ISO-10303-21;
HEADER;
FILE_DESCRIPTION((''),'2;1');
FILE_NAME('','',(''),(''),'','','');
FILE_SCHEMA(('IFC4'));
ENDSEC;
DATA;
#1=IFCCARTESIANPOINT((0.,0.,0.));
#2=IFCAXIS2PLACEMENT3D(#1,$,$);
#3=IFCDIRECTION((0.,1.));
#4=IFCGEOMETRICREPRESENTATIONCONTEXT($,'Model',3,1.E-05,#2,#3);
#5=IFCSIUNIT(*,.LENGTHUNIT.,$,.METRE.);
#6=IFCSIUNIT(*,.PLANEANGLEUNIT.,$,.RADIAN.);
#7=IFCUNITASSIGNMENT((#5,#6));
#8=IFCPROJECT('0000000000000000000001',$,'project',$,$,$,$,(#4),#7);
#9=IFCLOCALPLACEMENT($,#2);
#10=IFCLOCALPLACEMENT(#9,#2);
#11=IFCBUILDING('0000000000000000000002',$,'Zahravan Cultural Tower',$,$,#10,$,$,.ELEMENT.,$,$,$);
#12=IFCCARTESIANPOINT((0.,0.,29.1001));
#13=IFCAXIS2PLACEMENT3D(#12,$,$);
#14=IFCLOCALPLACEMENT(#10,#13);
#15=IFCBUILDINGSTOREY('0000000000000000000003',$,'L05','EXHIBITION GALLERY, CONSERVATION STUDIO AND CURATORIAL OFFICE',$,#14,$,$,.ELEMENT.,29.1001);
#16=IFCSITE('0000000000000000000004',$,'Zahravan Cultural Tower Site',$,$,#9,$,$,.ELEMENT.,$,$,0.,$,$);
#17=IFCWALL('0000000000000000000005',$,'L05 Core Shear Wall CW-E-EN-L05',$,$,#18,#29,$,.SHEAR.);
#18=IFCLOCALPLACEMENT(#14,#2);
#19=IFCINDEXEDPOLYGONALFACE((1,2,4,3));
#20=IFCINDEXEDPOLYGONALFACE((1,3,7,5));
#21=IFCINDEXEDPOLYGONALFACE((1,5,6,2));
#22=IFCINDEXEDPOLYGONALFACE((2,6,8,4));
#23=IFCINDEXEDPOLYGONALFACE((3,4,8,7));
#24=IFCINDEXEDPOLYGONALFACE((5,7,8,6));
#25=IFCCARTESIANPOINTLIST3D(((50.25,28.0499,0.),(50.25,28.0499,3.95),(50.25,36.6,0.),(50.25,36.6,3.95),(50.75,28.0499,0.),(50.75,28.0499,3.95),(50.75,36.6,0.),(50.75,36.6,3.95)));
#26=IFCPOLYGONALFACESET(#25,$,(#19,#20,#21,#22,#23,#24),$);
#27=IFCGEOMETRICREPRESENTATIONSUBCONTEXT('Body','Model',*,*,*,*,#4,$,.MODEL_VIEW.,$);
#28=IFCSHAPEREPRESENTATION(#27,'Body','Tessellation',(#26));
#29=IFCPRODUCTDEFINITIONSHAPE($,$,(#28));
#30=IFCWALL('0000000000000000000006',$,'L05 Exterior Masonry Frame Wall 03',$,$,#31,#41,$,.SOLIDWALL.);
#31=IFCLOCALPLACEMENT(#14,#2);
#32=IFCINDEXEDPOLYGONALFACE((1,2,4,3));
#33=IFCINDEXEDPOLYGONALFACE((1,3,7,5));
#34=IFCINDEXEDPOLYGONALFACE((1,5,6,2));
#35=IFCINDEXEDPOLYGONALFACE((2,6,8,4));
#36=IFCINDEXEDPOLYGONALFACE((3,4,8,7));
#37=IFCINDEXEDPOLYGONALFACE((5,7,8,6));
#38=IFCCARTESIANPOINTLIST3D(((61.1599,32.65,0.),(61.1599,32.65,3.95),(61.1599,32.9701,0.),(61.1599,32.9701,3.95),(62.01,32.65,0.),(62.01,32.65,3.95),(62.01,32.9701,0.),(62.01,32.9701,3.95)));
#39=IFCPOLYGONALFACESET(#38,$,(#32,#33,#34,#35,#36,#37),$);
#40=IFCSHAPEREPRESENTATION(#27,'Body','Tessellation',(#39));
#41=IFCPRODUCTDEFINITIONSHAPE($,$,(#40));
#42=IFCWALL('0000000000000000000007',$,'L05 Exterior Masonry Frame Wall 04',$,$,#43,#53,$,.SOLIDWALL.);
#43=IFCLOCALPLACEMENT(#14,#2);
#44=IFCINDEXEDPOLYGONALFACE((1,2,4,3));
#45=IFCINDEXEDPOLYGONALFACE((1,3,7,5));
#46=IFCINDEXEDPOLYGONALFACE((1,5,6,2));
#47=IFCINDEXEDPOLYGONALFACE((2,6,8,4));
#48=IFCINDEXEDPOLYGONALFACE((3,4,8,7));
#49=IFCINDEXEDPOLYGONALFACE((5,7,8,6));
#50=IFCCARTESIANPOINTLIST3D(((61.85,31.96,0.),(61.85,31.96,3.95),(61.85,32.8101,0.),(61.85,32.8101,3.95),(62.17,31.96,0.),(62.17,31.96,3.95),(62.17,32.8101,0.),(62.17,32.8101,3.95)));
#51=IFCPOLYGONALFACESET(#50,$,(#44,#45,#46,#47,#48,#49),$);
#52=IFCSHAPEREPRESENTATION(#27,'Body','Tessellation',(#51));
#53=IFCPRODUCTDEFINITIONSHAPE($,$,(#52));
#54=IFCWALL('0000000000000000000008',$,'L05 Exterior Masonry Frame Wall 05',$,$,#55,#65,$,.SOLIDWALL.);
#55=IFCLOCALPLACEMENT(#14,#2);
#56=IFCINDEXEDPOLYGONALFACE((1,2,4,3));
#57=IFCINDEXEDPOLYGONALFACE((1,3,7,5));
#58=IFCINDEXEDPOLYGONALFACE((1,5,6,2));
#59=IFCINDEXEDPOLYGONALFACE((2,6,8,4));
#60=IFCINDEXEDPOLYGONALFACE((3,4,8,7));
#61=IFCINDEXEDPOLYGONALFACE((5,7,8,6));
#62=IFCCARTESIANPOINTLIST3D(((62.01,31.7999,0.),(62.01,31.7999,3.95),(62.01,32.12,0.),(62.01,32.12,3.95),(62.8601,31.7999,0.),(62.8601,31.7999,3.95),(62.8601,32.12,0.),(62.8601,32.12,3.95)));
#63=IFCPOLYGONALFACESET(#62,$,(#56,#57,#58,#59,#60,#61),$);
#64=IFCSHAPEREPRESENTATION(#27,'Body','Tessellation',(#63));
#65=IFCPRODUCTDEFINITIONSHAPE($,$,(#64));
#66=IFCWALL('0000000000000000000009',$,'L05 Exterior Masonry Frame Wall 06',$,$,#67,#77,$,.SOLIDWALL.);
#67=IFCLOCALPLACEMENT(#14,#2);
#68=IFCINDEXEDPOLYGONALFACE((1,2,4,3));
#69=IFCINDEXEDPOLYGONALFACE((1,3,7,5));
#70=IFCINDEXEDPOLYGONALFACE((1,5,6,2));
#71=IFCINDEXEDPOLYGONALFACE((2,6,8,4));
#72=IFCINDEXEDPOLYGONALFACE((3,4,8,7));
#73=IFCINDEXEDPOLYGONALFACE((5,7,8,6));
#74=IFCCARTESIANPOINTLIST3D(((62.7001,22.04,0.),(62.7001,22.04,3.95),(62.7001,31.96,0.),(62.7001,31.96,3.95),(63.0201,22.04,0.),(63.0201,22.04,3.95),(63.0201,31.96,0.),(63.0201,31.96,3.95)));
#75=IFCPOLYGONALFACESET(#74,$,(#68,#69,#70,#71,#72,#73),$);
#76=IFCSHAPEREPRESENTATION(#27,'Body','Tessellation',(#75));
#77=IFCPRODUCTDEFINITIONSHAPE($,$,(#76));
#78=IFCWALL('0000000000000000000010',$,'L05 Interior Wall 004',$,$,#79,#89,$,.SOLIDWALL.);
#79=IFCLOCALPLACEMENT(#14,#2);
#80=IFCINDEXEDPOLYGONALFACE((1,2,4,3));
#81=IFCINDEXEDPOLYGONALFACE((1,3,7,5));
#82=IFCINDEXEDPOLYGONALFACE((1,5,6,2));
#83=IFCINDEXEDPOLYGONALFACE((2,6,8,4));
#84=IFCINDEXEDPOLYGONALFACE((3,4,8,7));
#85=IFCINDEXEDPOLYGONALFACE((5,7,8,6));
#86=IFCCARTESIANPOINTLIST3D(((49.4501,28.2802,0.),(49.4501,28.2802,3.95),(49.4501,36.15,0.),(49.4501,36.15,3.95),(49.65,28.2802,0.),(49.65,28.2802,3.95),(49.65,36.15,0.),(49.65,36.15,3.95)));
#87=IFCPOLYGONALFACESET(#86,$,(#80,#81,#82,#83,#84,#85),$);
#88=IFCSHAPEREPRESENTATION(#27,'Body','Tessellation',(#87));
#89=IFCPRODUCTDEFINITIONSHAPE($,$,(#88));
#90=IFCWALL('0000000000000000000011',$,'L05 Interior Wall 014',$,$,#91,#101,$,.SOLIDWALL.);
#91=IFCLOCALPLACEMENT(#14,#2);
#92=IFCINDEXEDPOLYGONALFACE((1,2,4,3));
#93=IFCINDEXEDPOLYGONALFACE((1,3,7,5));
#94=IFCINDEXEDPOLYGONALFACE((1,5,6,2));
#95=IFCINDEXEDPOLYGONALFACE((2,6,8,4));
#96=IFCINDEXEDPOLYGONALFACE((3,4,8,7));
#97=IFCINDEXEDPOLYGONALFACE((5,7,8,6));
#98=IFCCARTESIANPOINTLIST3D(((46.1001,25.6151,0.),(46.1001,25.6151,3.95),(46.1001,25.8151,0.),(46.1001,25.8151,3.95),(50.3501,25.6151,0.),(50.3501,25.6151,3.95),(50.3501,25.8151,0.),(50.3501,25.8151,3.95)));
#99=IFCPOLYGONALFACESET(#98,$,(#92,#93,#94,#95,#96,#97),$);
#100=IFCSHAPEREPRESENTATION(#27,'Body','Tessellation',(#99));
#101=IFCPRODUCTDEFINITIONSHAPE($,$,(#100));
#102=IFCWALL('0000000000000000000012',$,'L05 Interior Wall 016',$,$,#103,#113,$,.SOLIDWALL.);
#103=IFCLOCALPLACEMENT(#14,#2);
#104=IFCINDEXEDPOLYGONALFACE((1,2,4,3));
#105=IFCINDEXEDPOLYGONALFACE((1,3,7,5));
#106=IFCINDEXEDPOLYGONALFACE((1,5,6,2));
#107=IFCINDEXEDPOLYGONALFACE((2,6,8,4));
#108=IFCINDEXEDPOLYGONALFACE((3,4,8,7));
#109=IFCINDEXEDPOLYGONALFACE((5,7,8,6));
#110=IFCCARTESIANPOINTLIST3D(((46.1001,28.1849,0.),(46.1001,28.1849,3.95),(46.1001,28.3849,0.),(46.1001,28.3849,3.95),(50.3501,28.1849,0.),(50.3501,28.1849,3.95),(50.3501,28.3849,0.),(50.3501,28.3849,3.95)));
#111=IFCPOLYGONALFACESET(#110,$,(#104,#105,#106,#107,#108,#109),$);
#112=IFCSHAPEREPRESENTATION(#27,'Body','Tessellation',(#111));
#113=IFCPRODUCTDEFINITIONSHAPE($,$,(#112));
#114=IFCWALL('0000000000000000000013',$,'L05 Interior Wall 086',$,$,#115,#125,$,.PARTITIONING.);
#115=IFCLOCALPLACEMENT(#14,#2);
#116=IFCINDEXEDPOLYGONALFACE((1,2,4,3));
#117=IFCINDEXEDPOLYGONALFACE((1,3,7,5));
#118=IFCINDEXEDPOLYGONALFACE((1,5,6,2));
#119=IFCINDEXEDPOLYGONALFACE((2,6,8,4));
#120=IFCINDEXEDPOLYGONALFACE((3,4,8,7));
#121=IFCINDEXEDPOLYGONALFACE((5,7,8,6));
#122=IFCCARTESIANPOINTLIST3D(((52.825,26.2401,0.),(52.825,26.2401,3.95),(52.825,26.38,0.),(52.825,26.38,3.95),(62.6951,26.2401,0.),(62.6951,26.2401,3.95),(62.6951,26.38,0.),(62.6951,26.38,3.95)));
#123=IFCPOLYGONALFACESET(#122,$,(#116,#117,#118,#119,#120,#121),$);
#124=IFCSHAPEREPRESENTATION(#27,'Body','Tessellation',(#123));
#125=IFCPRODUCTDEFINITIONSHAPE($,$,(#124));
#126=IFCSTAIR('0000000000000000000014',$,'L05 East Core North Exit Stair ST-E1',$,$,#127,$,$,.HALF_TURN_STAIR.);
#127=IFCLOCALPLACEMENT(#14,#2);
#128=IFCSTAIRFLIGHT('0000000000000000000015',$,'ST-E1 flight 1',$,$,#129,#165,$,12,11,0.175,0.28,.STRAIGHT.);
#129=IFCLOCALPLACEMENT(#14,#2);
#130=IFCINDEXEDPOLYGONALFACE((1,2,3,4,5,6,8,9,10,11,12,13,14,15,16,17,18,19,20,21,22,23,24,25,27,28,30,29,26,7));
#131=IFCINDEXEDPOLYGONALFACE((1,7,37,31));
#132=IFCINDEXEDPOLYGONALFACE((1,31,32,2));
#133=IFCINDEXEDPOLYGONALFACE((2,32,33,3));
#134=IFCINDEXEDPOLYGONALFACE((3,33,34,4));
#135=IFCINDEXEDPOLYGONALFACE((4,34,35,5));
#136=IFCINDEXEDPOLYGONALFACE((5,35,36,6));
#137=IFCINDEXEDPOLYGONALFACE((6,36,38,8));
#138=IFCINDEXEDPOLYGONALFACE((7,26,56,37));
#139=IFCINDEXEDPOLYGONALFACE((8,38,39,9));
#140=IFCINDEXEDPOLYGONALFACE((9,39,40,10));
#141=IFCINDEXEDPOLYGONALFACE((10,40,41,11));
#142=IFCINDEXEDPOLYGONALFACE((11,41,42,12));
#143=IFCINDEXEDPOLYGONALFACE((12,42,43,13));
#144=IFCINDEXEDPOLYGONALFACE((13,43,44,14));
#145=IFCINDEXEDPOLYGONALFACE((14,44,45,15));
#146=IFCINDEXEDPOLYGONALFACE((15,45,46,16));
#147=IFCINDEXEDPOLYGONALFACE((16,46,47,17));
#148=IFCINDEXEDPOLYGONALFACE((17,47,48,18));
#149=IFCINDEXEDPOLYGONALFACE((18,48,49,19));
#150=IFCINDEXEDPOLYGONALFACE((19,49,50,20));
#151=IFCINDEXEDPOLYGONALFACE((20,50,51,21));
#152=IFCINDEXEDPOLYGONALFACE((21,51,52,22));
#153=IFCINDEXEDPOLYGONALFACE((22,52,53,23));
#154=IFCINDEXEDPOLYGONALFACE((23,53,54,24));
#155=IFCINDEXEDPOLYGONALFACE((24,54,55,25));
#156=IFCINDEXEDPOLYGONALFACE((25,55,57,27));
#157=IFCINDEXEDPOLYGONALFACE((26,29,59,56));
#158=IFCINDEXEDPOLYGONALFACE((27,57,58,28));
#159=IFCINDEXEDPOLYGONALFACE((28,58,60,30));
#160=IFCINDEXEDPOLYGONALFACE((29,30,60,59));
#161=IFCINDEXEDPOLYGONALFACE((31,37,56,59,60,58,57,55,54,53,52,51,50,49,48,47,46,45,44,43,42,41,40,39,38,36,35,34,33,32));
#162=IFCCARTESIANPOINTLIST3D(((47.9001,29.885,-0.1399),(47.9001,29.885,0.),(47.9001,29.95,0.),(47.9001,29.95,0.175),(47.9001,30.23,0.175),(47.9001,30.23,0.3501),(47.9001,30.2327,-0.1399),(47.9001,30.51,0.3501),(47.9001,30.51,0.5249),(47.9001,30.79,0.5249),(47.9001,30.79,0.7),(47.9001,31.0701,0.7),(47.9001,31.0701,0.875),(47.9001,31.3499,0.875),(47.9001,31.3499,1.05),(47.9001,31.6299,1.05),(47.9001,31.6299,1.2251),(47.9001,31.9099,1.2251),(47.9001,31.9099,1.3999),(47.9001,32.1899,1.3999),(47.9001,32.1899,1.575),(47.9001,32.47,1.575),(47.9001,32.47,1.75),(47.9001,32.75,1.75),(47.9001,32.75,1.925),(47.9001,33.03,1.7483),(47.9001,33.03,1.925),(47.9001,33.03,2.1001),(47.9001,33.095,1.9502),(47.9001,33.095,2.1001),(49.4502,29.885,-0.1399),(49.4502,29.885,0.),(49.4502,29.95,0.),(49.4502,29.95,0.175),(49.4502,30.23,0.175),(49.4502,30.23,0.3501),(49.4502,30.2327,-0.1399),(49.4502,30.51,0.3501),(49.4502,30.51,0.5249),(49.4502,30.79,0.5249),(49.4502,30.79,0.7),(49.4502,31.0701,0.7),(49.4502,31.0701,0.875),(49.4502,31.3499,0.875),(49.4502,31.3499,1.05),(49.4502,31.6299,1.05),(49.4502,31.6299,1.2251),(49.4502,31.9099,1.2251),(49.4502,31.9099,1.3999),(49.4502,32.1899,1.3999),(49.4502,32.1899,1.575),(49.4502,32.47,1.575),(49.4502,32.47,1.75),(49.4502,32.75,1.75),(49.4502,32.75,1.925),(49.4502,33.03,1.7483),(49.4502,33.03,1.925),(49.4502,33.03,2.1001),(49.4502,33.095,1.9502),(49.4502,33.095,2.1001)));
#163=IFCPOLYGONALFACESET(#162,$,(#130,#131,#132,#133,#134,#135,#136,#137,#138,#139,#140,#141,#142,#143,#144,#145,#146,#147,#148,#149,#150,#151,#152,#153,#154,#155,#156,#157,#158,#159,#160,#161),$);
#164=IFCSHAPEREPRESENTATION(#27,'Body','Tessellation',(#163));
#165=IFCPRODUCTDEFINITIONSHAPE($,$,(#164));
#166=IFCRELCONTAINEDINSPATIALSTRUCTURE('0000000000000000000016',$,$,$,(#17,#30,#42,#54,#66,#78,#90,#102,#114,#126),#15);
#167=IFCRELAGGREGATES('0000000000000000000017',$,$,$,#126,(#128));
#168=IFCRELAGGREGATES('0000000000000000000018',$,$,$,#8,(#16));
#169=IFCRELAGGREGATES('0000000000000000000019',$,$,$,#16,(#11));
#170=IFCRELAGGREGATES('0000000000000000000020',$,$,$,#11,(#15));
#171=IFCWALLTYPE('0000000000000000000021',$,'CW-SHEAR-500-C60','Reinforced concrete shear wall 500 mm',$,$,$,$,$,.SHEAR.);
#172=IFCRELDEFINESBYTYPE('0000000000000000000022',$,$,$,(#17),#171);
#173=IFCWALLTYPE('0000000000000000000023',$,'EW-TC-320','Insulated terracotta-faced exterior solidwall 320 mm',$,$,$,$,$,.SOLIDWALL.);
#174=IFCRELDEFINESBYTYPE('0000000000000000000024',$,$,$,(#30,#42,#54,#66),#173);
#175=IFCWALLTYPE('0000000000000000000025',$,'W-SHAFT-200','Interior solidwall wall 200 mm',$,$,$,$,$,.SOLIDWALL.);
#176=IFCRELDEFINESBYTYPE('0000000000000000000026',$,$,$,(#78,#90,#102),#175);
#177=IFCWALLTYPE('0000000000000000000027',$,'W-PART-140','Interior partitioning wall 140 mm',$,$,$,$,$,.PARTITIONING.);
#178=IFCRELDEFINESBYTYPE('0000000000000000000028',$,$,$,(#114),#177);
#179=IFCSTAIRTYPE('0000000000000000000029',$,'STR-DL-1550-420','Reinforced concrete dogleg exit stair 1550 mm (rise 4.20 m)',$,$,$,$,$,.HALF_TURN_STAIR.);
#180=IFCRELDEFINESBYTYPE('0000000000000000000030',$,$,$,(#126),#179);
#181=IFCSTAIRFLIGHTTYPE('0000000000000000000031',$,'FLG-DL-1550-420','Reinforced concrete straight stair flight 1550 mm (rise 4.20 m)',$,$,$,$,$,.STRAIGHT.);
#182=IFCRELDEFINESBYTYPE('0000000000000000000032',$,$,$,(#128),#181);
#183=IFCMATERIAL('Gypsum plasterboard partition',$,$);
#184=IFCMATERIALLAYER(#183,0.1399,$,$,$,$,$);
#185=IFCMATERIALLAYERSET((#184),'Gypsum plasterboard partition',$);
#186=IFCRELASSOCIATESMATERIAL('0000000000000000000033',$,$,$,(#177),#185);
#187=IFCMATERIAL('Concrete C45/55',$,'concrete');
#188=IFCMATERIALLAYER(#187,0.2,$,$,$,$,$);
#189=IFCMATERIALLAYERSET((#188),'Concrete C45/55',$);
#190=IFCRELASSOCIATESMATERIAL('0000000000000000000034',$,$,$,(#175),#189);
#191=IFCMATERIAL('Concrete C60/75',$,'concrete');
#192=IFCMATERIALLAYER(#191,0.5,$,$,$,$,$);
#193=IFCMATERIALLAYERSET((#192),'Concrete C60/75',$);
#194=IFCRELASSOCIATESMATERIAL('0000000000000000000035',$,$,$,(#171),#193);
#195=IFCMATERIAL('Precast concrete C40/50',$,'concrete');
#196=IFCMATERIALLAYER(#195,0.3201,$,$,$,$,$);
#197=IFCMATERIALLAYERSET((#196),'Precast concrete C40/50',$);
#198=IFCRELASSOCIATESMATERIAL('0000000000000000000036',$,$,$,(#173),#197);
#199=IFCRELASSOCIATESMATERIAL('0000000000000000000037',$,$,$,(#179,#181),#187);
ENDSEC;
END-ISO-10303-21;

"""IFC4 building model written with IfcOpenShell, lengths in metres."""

from ifc_helpers import new_model, si_unit, direction, frame, frame_2d, origin, place, context, subcontext, project, spatial, polyline, rectangle, outline, extrude, source, transform, mapped, material, layer, layer_set, type_object, element, aggregate, save


model = new_model("IFC4")

# Units and contexts
model_context = context("Model", 3, precision=1e-05, world=origin(), true_north=direction((0.0, 1.0)))
body_context = subcontext(model_context, "Body", "Model", "MODEL_VIEW")
ifc_project = project(units=[si_unit("LENGTHUNIT", "METRE"), si_unit("PLANEANGLEUNIT", "RADIAN")], contexts=[model_context])

# Site, building, storey
site_placement = place(None, origin())
site = spatial("IfcSite", under=ifc_project, at=site_placement, Name="Zahravan Cultural Tower Site", CompositionType="ELEMENT", RefElevation=0.0)
building_placement = place(site_placement, origin())
building = spatial("IfcBuilding", under=site, at=building_placement, Name="Zahravan Cultural Tower", CompositionType="ELEMENT")
storey_placement = place(building_placement, frame((0.0, 0.0, 29.1001)))
storey = spatial("IfcBuildingStorey", under=building, at=storey_placement, Name="L05", Description="EXHIBITION GALLERY, CONSERVATION STUDIO AND CURATORIAL OFFICE", CompositionType="ELEMENT", Elevation=29.1001)

# Shared definitions
ifc_material_1 = material(Name="Gypsum plasterboard partition")
ifc_layer_1 = layer(ifc_material_1, 0.1399)
ifc_layer_set_1 = layer_set([ifc_layer_1], Name="Gypsum plasterboard partition")
wall_type_1 = type_object("IfcWallType", Name="W-PART-140", Description="Interior partitioning wall 140 mm", PredefinedType="PARTITIONING", material=ifc_layer_set_1)
ifc_material_2 = material(Name="Concrete C45/55", Category="concrete")
ifc_layer_2 = layer(ifc_material_2, 0.2)
ifc_layer_set_2 = layer_set([ifc_layer_2], Name="Concrete C45/55")
wall_type_2 = type_object("IfcWallType", Name="W-SHAFT-200", Description="Interior solidwall wall 200 mm", PredefinedType="SOLIDWALL", material=ifc_layer_set_2)

# Walls
ifc_material_3 = material(Name="Concrete C60/75", Category="concrete")
ifc_layer_3 = layer(ifc_material_3, 0.5)
ifc_layer_set_3 = layer_set([ifc_layer_3], Name="Concrete C60/75")
wall_type_3 = type_object("IfcWallType", Name="CW-SHEAR-500-C60", Description="Reinforced concrete shear wall 500 mm", PredefinedType="SHEAR", material=ifc_layer_set_3)
shared_shape_1 = source(origin(), body_context, "Body", "SweptSolid", [
    extrude(rectangle(XDim=8.55, YDim=0.5, at=frame_2d((4.2749, 0.0))), origin(), (0.0, 0.0, 1.0), 3.95),
])
wall_1_placement = place(storey_placement, frame((50.5, 28.05, 0.0), z_axis=(0.0, 0.0, 1.0), x_axis=(0.0, 1.0, 0.0)))
element("IfcWall", 1, at=wall_1_placement, inside=storey, type_object=wall_type_3, Name="L05 Core Shear Wall CW-E-EN-L05", PredefinedType="SHEAR", context=body_context, shape_type="MappedRepresentation", body=[
    mapped(shared_shape_1, transform((0.0, 0.0, 0.0), x_axis=(1.0, 0.0, 0.0), y_axis=(0.0, 1.0, 0.0), z_axis=(0.0, 0.0, 1.0), scale=1.0)),
])
ifc_material_4 = material(Name="Precast concrete C40/50", Category="concrete")
ifc_layer_4 = layer(ifc_material_4, 0.3201)
ifc_layer_set_4 = layer_set([ifc_layer_4], Name="Precast concrete C40/50")
wall_type_4 = type_object("IfcWallType", Name="EW-TC-320", Description="Insulated terracotta-faced exterior solidwall 320 mm", PredefinedType="SOLIDWALL", material=ifc_layer_set_4)
shared_shape_2 = source(origin(), body_context, "Body", "SweptSolid", [
    extrude(rectangle(XDim=0.8501, YDim=0.3201, at=frame_2d((0.425, 0.0))), origin(), (0.0, 0.0, 1.0), 3.95),
])
for number, where, z_axis, x_axis, name in (
    (2, (61.1599, 32.8101, 0.0), (0.0, 0.0, 1.0), (1.0, 0.0, 0.0), "L05 Exterior Masonry Frame Wall 03"),
    (3, (62.01, 32.8101, 0.0), (0.0, 0.0, 1.0), (0.0, -1.0, 0.0), "L05 Exterior Masonry Frame Wall 04"),
    (4, (62.01, 31.96, 0.0), (0.0, 0.0, 1.0), (1.0, 0.0, 0.0), "L05 Exterior Masonry Frame Wall 05"),
):
    element("IfcWall", number, at=place(storey_placement, frame(where, z_axis=z_axis, x_axis=x_axis)), inside=storey, type_object=wall_type_4, Name=name, PredefinedType="SOLIDWALL", context=body_context, shape_type="MappedRepresentation", body=[
        mapped(shared_shape_2, transform((0.0, 0.0, 0.0), x_axis=(1.0, 0.0, 0.0), y_axis=(0.0, 1.0, 0.0), z_axis=(0.0, 0.0, 1.0), scale=1.0)),
    ])
shared_shape_3 = source(origin(), body_context, "Body", "SweptSolid", [
    extrude(rectangle(XDim=9.9199, YDim=0.3201, at=frame_2d((4.96, 0.0))), origin(), (0.0, 0.0, 1.0), 3.95),
])
wall_2_placement = place(storey_placement, frame((62.8601, 31.96, 0.0), z_axis=(0.0, 0.0, 1.0), x_axis=(0.0, -1.0, 0.0)))
element("IfcWall", 5, at=wall_2_placement, inside=storey, type_object=wall_type_4, Name="L05 Exterior Masonry Frame Wall 06", PredefinedType="SOLIDWALL", context=body_context, shape_type="MappedRepresentation", body=[
    mapped(shared_shape_3, transform((0.0, 0.0, 0.0), x_axis=(1.0, 0.0, 0.0), y_axis=(0.0, 1.0, 0.0), z_axis=(0.0, 0.0, 1.0), scale=1.0)),
])
shared_shape_4 = source(origin(), body_context, "Body", "SweptSolid", [
    extrude(rectangle(XDim=7.8699, YDim=0.2, at=frame_2d((3.9351, 0.0))), origin(), (0.0, 0.0, 1.0), 3.95),
])
wall_3_placement = place(storey_placement, frame((49.55, 28.28, 0.0), z_axis=(0.0, 0.0, 1.0), x_axis=(0.0, 1.0, 0.0)))
element("IfcWall", 6, at=wall_3_placement, inside=storey, type_object=wall_type_2, Name="L05 Interior Wall 004", PredefinedType="SOLIDWALL", context=body_context, shape_type="MappedRepresentation", body=[
    mapped(shared_shape_4, transform((0.0, 0.0, 0.0), x_axis=(1.0, 0.0, 0.0), y_axis=(0.0, 1.0, 0.0), z_axis=(0.0, 0.0, 1.0), scale=1.0)),
])
shared_shape_5 = source(origin(), body_context, "Body", "SweptSolid", [
    extrude(rectangle(XDim=4.25, YDim=0.2, at=frame_2d((2.125, 0.0))), origin(), (0.0, 0.0, 1.0), 3.95),
])
for number, where, z_axis, x_axis, name in (
    (7, (46.1001, 25.7151, 0.0), (0.0, 0.0, 1.0), (1.0, 0.0, 0.0), "L05 Interior Wall 014"),
    (8, (46.1001, 28.2849, 0.0), (0.0, 0.0, 1.0), (1.0, 0.0, 0.0), "L05 Interior Wall 016"),
):
    element("IfcWall", number, at=place(storey_placement, frame(where, z_axis=z_axis, x_axis=x_axis)), inside=storey, type_object=wall_type_2, Name=name, PredefinedType="SOLIDWALL", context=body_context, shape_type="MappedRepresentation", body=[
        mapped(shared_shape_5, transform((0.0, 0.0, 0.0), x_axis=(1.0, 0.0, 0.0), y_axis=(0.0, 1.0, 0.0), z_axis=(0.0, 0.0, 1.0), scale=1.0)),
    ])
shared_shape_6 = source(origin(), body_context, "Body", "SweptSolid", [
    extrude(rectangle(XDim=9.8701, YDim=0.1399, at=frame_2d((4.9351, 0.0))), origin(), (0.0, 0.0, 1.0), 3.95),
])
wall_4_placement = place(storey_placement, frame((52.825, 26.3101, 0.0), z_axis=(0.0, 0.0, 1.0), x_axis=(1.0, 0.0, 0.0)))
element("IfcWall", 9, at=wall_4_placement, inside=storey, type_object=wall_type_1, Name="L05 Interior Wall 086", PredefinedType="PARTITIONING", context=body_context, shape_type="MappedRepresentation", body=[
    mapped(shared_shape_6, transform((0.0, 0.0, 0.0), x_axis=(1.0, 0.0, 0.0), y_axis=(0.0, 1.0, 0.0), z_axis=(0.0, 0.0, 1.0), scale=1.0)),
])

# Stair, stair flight
stair_type = type_object("IfcStairType", Name="STR-DL-1550-420", Description="Reinforced concrete dogleg exit stair 1550 mm (rise 4.20 m)", PredefinedType="HALF_TURN_STAIR", material=ifc_material_2)
stair_placement = place(storey_placement, origin())
stair = element("IfcStair", 10, at=stair_placement, inside=storey, type_object=stair_type, Name="L05 East Core North Exit Stair ST-E1", PredefinedType="HALF_TURN_STAIR")
stair_flight_type = type_object("IfcStairFlightType", Name="FLG-DL-1550-420", Description="Reinforced concrete straight stair flight 1550 mm (rise 4.20 m)", PredefinedType="STRAIGHT", material=ifc_material_2)
stair_flight_placement = place(storey_placement, frame((48.675, 29.95, 0.0), z_axis=(0.0, 0.0, 1.0), x_axis=(0.0, 1.0, 0.0)))
stair_flight = element("IfcStairFlight", 11, at=stair_flight_placement, type_object=stair_flight_type, Name="ST-E1 flight 1", NumberOfRisers=12, NumberOfTreads=11, PredefinedType="STRAIGHT", RiserHeight=0.175, TreadLength=0.28, context=body_context, shape_type="SweptSolid", body=[
    extrude(outline(polyline([(-0.0649, -0.1399), (-0.0649, 0.0), (0.0, 0.0), (0.0, 0.175), (0.28, 0.175), (0.28, 0.3501), (0.5601, 0.3501), (0.5601, 0.5249), (0.8401, 0.5249), (0.8401, 0.7), (1.1201, 0.7), (1.1201, 0.875), (1.3999, 0.875), (1.3999, 1.05), (1.6799, 1.05), (1.6799, 1.2251), (1.96, 1.2251), (1.96, 1.3999), (2.24, 1.3999), (2.24, 1.575), (2.52, 1.575), (2.52, 1.75), (2.8, 1.75), (2.8, 1.925), (3.0801, 1.925), (3.0801, 2.1001), (3.145, 2.1001), (3.145, 1.9502), (3.0801, 1.7483), (0.2827, -0.1399), (-0.0649, -0.1399)])), frame((0.0, 0.7749, 0.0), z_axis=(0.0, -1.0, 0.0), x_axis=(1.0, 0.0, 0.0)), (0.0, 0.0, 1.0), 1.55),
])
aggregate(stair, [stair_flight])

save(model, "model.ifc")
